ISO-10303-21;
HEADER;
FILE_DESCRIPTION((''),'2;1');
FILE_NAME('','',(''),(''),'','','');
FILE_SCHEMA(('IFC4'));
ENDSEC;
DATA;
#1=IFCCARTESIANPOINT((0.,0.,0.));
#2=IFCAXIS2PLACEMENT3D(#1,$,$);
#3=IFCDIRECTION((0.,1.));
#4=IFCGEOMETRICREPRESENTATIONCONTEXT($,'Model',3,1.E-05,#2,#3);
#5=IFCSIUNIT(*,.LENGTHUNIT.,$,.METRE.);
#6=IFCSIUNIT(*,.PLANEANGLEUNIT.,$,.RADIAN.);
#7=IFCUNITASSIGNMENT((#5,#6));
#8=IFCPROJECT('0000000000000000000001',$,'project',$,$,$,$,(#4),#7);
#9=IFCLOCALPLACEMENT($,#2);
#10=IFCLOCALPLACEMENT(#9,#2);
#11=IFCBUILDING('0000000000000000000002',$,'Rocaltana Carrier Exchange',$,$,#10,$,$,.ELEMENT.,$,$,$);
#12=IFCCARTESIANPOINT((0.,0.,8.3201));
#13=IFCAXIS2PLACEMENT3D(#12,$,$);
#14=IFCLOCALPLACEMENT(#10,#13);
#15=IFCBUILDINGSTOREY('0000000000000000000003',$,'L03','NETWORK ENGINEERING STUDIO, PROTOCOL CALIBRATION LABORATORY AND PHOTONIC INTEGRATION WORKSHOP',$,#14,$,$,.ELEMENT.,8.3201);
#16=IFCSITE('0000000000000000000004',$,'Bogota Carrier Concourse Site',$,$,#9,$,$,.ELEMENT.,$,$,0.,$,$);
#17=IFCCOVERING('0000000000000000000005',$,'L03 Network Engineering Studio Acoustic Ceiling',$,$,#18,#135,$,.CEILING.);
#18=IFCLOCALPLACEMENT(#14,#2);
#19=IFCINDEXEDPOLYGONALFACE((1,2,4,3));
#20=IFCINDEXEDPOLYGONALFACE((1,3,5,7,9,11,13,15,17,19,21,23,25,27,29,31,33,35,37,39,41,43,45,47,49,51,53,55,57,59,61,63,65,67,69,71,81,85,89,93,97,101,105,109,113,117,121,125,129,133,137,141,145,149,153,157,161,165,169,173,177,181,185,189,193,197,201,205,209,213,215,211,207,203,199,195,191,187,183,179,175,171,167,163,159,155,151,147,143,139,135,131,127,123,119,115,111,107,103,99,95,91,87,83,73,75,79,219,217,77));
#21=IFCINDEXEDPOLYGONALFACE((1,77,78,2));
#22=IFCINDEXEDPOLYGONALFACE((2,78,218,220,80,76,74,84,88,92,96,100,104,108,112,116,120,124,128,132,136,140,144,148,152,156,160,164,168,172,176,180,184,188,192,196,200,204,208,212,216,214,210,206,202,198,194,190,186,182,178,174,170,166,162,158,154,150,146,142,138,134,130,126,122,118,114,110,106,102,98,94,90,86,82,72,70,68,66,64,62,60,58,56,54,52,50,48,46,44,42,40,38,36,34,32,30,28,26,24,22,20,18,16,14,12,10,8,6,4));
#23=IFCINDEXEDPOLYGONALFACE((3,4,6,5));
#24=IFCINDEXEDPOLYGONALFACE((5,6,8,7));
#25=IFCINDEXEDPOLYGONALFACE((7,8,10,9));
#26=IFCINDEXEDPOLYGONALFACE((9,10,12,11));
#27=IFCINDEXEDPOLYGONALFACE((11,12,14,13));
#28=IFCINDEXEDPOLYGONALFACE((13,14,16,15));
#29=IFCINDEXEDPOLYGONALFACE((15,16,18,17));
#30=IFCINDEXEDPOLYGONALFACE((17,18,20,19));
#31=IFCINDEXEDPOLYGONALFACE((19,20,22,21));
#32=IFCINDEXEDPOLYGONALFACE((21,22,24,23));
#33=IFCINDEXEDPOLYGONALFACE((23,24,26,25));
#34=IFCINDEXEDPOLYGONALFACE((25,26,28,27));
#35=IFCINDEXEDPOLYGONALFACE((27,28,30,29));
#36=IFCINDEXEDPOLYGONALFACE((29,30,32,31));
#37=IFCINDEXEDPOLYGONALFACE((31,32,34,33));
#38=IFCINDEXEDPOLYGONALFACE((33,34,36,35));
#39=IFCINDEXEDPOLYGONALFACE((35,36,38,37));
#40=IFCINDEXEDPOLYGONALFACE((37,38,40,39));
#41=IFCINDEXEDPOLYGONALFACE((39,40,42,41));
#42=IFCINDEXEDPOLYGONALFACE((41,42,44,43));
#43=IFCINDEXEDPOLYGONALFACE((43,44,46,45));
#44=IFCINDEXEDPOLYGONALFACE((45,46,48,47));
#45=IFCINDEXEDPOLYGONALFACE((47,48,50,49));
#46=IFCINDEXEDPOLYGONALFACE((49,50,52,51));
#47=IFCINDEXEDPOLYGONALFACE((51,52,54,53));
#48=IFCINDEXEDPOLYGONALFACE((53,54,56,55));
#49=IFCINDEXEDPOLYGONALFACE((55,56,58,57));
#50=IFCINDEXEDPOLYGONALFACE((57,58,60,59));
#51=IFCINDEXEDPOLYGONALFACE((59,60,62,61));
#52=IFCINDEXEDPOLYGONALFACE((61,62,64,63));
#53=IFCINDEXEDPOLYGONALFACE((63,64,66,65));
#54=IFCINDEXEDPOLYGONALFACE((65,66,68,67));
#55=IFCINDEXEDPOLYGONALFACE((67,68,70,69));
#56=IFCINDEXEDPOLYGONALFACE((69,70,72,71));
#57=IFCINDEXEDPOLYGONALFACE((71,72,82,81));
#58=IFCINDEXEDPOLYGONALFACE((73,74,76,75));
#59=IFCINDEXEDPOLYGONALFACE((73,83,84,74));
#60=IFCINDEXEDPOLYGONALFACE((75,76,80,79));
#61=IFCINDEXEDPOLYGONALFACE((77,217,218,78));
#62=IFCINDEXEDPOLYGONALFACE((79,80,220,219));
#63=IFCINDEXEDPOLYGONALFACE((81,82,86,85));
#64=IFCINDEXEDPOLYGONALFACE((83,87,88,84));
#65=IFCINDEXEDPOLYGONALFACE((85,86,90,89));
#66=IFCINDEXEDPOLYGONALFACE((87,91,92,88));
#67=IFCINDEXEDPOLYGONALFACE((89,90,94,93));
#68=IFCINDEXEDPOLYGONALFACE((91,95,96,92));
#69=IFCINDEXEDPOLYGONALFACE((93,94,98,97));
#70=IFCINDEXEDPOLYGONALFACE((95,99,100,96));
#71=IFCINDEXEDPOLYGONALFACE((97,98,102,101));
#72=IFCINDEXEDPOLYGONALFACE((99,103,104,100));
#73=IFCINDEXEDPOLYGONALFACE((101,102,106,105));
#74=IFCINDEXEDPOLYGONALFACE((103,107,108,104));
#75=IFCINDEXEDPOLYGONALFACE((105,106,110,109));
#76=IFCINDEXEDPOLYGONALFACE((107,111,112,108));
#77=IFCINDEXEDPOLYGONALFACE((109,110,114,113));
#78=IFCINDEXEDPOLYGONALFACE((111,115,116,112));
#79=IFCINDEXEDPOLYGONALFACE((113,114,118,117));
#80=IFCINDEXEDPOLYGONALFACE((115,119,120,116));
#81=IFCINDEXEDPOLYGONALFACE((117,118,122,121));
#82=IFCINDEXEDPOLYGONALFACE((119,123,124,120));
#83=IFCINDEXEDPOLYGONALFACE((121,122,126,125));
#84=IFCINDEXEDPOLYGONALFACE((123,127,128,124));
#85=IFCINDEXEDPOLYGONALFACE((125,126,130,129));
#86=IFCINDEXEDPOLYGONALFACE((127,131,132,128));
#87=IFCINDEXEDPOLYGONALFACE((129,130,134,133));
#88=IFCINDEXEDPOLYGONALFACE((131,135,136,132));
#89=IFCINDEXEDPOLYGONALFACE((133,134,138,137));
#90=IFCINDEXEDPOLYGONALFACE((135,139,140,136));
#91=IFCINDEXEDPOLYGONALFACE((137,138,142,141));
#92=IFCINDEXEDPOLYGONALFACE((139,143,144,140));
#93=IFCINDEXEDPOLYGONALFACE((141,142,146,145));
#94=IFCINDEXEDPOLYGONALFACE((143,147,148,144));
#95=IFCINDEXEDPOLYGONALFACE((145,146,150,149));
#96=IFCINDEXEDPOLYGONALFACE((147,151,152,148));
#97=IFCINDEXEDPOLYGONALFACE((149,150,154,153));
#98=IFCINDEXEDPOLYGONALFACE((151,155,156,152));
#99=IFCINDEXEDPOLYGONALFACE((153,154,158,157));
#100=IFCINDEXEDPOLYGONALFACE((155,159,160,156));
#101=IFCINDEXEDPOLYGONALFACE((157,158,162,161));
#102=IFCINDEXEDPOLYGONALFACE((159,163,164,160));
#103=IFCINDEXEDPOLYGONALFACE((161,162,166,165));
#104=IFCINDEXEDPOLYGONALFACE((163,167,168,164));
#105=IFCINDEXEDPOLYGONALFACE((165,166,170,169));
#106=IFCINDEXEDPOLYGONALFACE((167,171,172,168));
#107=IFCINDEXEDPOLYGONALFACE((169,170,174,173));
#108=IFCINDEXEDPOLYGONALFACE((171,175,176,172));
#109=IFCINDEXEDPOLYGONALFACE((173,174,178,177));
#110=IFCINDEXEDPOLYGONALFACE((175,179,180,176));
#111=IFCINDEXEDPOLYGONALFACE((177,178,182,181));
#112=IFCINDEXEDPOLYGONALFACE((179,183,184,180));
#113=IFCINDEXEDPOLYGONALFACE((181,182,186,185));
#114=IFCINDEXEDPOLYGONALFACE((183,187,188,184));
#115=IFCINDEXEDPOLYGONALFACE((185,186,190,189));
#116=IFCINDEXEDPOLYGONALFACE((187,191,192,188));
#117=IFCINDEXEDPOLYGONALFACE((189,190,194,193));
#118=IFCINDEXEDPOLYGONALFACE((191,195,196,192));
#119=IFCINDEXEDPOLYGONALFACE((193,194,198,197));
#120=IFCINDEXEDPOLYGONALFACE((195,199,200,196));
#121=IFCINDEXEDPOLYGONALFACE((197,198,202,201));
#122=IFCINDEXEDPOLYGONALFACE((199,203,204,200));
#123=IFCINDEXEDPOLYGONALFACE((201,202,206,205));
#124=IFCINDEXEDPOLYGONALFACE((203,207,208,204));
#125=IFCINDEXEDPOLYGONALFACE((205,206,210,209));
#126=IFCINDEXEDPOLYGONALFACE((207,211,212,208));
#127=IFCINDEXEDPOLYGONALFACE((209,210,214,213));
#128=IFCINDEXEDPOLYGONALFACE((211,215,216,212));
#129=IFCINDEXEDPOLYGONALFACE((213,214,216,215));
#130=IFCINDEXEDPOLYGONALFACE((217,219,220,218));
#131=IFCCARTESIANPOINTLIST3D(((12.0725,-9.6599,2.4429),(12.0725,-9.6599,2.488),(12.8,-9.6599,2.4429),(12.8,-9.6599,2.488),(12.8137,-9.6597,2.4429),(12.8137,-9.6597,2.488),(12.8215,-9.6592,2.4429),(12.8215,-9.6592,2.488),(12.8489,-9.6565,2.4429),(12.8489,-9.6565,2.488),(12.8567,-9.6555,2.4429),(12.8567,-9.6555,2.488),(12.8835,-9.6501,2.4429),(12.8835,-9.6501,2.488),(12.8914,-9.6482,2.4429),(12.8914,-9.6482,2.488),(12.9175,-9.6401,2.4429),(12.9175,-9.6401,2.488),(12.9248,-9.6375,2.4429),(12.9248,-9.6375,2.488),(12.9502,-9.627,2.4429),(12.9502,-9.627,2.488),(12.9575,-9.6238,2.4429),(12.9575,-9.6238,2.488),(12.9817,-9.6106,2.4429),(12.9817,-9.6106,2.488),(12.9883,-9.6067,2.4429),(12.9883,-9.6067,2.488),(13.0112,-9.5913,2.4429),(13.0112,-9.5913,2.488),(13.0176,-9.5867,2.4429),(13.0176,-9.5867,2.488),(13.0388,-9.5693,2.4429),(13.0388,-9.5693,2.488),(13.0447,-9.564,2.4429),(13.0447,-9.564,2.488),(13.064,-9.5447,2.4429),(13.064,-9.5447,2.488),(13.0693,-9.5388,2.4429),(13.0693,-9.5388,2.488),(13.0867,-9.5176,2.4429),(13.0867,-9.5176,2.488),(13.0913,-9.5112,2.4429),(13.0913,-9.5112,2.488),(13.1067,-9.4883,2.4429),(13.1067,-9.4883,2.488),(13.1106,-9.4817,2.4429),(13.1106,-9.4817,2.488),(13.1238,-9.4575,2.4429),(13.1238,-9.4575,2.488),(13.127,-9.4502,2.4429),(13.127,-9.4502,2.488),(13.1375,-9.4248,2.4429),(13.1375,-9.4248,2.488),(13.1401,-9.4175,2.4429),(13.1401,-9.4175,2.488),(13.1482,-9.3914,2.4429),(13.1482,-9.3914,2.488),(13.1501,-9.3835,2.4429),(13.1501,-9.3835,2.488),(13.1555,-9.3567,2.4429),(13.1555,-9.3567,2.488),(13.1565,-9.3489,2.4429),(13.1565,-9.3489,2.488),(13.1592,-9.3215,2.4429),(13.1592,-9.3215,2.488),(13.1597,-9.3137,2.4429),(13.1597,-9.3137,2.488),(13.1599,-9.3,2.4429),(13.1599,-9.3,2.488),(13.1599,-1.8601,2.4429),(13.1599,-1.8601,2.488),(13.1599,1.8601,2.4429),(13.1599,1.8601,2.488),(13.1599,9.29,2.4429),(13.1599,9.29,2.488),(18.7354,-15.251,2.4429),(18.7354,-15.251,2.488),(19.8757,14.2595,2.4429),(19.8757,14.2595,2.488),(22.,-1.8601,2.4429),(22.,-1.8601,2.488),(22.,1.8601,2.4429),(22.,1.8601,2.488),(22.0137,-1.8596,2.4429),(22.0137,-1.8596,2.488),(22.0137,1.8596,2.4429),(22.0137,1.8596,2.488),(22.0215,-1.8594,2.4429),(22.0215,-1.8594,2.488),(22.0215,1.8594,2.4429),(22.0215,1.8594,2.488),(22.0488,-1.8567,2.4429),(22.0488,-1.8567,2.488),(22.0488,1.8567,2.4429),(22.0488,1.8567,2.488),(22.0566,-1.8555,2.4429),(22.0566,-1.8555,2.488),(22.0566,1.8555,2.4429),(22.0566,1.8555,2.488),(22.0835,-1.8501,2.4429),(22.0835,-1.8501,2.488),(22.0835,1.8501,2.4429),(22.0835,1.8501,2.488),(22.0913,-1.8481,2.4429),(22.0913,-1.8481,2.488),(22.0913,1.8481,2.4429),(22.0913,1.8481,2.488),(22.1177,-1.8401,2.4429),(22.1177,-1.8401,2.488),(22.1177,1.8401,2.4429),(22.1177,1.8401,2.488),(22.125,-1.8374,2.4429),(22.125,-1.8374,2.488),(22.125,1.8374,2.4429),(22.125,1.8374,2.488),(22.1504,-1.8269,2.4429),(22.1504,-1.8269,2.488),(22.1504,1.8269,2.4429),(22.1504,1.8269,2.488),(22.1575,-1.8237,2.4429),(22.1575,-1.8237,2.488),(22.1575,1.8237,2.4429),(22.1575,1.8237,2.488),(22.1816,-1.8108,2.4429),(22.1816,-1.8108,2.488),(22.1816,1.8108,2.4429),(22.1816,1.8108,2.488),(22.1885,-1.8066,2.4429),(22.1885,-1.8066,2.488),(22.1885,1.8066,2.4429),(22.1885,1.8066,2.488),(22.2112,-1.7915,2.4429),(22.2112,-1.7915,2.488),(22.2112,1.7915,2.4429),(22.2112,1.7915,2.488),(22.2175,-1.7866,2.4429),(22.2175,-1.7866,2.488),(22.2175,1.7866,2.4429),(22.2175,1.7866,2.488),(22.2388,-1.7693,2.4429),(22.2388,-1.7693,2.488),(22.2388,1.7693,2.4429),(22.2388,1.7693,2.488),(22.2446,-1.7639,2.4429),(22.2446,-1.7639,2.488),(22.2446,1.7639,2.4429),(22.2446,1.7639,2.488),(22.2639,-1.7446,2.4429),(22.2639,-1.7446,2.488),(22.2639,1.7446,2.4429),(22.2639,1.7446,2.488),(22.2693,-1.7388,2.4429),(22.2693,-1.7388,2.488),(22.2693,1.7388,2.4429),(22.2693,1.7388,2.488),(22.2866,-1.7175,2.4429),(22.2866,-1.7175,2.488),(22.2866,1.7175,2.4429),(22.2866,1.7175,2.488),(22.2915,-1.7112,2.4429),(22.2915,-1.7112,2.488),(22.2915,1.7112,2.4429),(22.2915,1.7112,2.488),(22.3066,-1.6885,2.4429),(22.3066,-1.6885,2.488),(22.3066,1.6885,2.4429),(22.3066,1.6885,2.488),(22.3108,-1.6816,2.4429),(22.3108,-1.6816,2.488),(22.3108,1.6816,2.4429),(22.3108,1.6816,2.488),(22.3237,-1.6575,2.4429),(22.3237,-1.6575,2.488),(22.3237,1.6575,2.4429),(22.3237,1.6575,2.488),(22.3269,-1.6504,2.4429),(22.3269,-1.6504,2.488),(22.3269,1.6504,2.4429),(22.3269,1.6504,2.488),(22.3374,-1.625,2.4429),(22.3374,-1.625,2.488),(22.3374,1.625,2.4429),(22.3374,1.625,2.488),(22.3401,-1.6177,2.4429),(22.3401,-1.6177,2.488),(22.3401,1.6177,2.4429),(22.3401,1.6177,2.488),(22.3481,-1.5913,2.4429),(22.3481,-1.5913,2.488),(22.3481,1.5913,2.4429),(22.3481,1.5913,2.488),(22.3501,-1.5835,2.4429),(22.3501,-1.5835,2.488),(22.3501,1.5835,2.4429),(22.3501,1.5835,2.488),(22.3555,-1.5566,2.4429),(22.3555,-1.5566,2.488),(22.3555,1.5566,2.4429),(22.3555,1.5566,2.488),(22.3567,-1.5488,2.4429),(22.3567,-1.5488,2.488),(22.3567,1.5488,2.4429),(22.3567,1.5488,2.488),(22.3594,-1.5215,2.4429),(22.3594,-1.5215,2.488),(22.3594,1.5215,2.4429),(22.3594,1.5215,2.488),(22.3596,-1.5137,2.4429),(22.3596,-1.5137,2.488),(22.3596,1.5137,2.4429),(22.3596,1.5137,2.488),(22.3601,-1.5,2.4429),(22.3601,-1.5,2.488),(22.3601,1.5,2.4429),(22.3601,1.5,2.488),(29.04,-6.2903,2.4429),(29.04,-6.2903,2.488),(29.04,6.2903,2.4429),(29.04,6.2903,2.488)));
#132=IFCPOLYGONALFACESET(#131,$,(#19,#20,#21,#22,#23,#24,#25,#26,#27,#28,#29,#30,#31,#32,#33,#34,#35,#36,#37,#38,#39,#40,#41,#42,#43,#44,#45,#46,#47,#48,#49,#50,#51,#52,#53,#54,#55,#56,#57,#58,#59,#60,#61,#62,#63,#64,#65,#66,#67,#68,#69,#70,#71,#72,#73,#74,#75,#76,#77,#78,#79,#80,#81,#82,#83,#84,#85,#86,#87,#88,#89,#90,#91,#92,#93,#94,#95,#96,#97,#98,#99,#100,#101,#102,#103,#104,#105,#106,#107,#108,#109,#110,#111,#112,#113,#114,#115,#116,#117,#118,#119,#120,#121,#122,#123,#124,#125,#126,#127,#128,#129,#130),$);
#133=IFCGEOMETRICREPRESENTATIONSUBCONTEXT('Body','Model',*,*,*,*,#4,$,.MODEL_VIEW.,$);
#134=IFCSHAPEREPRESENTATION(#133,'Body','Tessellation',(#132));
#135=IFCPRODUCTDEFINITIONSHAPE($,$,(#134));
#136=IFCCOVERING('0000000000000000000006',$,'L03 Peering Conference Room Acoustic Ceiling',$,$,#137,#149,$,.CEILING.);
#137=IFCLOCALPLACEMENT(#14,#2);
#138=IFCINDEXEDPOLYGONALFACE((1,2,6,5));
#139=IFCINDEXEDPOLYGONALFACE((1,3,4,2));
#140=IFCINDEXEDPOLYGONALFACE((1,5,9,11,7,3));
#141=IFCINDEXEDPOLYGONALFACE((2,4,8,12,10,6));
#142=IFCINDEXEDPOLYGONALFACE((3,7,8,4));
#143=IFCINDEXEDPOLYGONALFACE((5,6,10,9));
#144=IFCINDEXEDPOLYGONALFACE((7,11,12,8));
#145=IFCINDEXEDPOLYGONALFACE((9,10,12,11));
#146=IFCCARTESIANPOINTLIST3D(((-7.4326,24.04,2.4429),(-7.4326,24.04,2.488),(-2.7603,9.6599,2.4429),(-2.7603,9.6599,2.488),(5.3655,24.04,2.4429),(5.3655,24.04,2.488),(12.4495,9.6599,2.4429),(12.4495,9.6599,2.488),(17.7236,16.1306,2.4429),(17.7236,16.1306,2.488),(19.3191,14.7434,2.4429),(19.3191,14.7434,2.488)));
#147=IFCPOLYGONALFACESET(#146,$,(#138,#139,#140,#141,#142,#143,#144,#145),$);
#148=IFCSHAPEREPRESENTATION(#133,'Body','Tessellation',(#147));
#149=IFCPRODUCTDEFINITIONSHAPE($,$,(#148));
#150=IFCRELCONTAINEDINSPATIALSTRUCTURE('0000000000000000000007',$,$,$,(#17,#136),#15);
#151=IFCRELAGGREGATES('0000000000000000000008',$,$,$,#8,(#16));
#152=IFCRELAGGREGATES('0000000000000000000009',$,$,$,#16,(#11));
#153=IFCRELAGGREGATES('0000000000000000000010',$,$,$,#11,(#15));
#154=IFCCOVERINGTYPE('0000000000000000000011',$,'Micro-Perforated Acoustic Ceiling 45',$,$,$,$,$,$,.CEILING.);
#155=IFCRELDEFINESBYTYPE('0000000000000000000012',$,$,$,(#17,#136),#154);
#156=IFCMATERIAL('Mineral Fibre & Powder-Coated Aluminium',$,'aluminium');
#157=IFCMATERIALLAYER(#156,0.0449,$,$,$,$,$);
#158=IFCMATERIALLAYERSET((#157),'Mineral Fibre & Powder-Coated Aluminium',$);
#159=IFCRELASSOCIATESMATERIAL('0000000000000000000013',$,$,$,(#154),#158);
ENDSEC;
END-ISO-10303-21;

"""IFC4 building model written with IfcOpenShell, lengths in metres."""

from ifc_helpers import new_model, si_unit, direction, frame, origin, place, context, subcontext, project, spatial, polyline, outline, extrude, material, layer, layer_set, type_object, element, save


model = new_model("IFC4")

# Units and contexts
model_context = context("Model", 3, precision=1e-05, world=origin(), true_north=direction((0.0, 1.0)))
body_context = subcontext(model_context, "Body", "Model", "MODEL_VIEW")
ifc_project = project(units=[si_unit("LENGTHUNIT", "METRE"), si_unit("PLANEANGLEUNIT", "RADIAN")], contexts=[model_context])

# Site, building, storey
site_placement = place(None, origin())
site = spatial("IfcSite", under=ifc_project, at=site_placement, Name="Bogota Carrier Concourse Site", CompositionType="ELEMENT", RefElevation=0.0)
building_placement = place(site_placement, origin())
building = spatial("IfcBuilding", under=site, at=building_placement, Name="Rocaltana Carrier Exchange", CompositionType="ELEMENT")
storey_placement = place(building_placement, frame((0.0, 0.0, 8.3201)))
storey = spatial("IfcBuildingStorey", under=building, at=storey_placement, Name="L03", Description="NETWORK ENGINEERING STUDIO, PROTOCOL CALIBRATION LABORATORY AND PHOTONIC INTEGRATION WORKSHOP", CompositionType="ELEMENT", Elevation=8.3201)

# Coverings
ifc_material_1 = material(Name="Mineral Fibre & Powder-Coated Aluminium", Category="aluminium")
ifc_layer_1 = layer(ifc_material_1, 0.0449)
ifc_layer_set_1 = layer_set([ifc_layer_1], Name="Mineral Fibre & Powder-Coated Aluminium")
covering_type_1 = type_object("IfcCoveringType", Name="Micro-Perforated Acoustic Ceiling 45", PredefinedType="CEILING", material=ifc_layer_set_1)
covering_1_placement = place(storey_placement, frame((0.0, 0.0, 2.4429)))
element("IfcCovering", 1, at=covering_1_placement, inside=storey, type_object=covering_type_1, Name="L03 Network Engineering Studio Acoustic Ceiling", PredefinedType="CEILING", context=body_context, shape_type="SweptSolid", body=[
    extrude(outline(polyline([(13.1599, 9.29), (19.8757, 14.2595), (29.04, 6.2903), (29.04, -6.2903), (18.7354, -15.251), (12.0725, -9.6599), (12.8, -9.6599), (12.8137, -9.6597), (12.8215, -9.6592), (12.8489, -9.6565), (12.8567, -9.6555), (12.8835, -9.6501), (12.8914, -9.6482), (12.9175, -9.6401), (12.9248, -9.6375), (12.9502, -9.627), (12.9575, -9.6238), (12.9817, -9.6106), (12.9883, -9.6067), (13.0112, -9.5913), (13.0176, -9.5867), (13.0388, -9.5693), (13.0447, -9.564), (13.064, -9.5447), (13.0693, -9.5388), (13.0867, -9.5176), (13.0913, -9.5112), (13.1067, -9.4883), (13.1106, -9.4817), (13.1238, -9.4575), (13.127, -9.4502), (13.1375, -9.4248), (13.1401, -9.4175), (13.1482, -9.3914), (13.1501, -9.3835), (13.1555, -9.3567), (13.1565, -9.3489), (13.1592, -9.3215), (13.1597, -9.3137), (13.1599, -9.3), (13.1599, -1.8601), (22.0, -1.8601), (22.0137, -1.8596), (22.0215, -1.8594), (22.0488, -1.8567), (22.0566, -1.8555), (22.0835, -1.8501), (22.0913, -1.8481), (22.1177, -1.8401), (22.125, -1.8374), (22.1504, -1.8269), (22.1575, -1.8237), (22.1816, -1.8108), (22.1885, -1.8066), (22.2112, -1.7915), (22.2175, -1.7866), (22.2388, -1.7693), (22.2446, -1.7639), (22.2639, -1.7446), (22.2693, -1.7388), (22.2866, -1.7175), (22.2915, -1.7112), (22.3066, -1.6885), (22.3108, -1.6816), (22.3237, -1.6575), (22.3269, -1.6504), (22.3374, -1.625), (22.3401, -1.6177), (22.3481, -1.5913), (22.3501, -1.5835), (22.3555, -1.5566), (22.3567, -1.5488), (22.3594, -1.5215), (22.3596, -1.5137), (22.3601, -1.5), (22.3601, 1.5), (22.3596, 1.5137), (22.3594, 1.5215), (22.3567, 1.5488), (22.3555, 1.5566), (22.3501, 1.5835), (22.3481, 1.5913), (22.3401, 1.6177), (22.3374, 1.625), (22.3269, 1.6504), (22.3237, 1.6575), (22.3108, 1.6816), (22.3066, 1.6885), (22.2915, 1.7112), (22.2866, 1.7175), (22.2693, 1.7388), (22.2639, 1.7446), (22.2446, 1.7639), (22.2388, 1.7693), (22.2175, 1.7866), (22.2112, 1.7915), (22.1885, 1.8066), (22.1816, 1.8108), (22.1575, 1.8237), (22.1504, 1.8269), (22.125, 1.8374), (22.1177, 1.8401), (22.0913, 1.8481), (22.0835, 1.8501), (22.0566, 1.8555), (22.0488, 1.8567), (22.0215, 1.8594), (22.0137, 1.8596), (22.0, 1.8601), (13.1599, 1.8601), (13.1599, 9.29)])), origin(), (0.0, 0.0, 1.0), 0.0452),
])
covering_2_placement = place(storey_placement, frame((0.0, 0.0, 2.4429)))
element("IfcCovering", 2, at=covering_2_placement, inside=storey, type_object=covering_type_1, Name="L03 Peering Conference Room Acoustic Ceiling", PredefinedType="CEILING", context=body_context, shape_type="SweptSolid", body=[
    extrude(outline(polyline([(5.3655, 24.04), (17.7236, 16.1306), (19.3191, 14.7434), (12.4495, 9.6599), (-2.7603, 9.6599), (-7.4326, 24.04), (5.3655, 24.04)])), origin(), (0.0, 0.0, 1.0), 0.0452),
])

save(model, "model.ifc")
